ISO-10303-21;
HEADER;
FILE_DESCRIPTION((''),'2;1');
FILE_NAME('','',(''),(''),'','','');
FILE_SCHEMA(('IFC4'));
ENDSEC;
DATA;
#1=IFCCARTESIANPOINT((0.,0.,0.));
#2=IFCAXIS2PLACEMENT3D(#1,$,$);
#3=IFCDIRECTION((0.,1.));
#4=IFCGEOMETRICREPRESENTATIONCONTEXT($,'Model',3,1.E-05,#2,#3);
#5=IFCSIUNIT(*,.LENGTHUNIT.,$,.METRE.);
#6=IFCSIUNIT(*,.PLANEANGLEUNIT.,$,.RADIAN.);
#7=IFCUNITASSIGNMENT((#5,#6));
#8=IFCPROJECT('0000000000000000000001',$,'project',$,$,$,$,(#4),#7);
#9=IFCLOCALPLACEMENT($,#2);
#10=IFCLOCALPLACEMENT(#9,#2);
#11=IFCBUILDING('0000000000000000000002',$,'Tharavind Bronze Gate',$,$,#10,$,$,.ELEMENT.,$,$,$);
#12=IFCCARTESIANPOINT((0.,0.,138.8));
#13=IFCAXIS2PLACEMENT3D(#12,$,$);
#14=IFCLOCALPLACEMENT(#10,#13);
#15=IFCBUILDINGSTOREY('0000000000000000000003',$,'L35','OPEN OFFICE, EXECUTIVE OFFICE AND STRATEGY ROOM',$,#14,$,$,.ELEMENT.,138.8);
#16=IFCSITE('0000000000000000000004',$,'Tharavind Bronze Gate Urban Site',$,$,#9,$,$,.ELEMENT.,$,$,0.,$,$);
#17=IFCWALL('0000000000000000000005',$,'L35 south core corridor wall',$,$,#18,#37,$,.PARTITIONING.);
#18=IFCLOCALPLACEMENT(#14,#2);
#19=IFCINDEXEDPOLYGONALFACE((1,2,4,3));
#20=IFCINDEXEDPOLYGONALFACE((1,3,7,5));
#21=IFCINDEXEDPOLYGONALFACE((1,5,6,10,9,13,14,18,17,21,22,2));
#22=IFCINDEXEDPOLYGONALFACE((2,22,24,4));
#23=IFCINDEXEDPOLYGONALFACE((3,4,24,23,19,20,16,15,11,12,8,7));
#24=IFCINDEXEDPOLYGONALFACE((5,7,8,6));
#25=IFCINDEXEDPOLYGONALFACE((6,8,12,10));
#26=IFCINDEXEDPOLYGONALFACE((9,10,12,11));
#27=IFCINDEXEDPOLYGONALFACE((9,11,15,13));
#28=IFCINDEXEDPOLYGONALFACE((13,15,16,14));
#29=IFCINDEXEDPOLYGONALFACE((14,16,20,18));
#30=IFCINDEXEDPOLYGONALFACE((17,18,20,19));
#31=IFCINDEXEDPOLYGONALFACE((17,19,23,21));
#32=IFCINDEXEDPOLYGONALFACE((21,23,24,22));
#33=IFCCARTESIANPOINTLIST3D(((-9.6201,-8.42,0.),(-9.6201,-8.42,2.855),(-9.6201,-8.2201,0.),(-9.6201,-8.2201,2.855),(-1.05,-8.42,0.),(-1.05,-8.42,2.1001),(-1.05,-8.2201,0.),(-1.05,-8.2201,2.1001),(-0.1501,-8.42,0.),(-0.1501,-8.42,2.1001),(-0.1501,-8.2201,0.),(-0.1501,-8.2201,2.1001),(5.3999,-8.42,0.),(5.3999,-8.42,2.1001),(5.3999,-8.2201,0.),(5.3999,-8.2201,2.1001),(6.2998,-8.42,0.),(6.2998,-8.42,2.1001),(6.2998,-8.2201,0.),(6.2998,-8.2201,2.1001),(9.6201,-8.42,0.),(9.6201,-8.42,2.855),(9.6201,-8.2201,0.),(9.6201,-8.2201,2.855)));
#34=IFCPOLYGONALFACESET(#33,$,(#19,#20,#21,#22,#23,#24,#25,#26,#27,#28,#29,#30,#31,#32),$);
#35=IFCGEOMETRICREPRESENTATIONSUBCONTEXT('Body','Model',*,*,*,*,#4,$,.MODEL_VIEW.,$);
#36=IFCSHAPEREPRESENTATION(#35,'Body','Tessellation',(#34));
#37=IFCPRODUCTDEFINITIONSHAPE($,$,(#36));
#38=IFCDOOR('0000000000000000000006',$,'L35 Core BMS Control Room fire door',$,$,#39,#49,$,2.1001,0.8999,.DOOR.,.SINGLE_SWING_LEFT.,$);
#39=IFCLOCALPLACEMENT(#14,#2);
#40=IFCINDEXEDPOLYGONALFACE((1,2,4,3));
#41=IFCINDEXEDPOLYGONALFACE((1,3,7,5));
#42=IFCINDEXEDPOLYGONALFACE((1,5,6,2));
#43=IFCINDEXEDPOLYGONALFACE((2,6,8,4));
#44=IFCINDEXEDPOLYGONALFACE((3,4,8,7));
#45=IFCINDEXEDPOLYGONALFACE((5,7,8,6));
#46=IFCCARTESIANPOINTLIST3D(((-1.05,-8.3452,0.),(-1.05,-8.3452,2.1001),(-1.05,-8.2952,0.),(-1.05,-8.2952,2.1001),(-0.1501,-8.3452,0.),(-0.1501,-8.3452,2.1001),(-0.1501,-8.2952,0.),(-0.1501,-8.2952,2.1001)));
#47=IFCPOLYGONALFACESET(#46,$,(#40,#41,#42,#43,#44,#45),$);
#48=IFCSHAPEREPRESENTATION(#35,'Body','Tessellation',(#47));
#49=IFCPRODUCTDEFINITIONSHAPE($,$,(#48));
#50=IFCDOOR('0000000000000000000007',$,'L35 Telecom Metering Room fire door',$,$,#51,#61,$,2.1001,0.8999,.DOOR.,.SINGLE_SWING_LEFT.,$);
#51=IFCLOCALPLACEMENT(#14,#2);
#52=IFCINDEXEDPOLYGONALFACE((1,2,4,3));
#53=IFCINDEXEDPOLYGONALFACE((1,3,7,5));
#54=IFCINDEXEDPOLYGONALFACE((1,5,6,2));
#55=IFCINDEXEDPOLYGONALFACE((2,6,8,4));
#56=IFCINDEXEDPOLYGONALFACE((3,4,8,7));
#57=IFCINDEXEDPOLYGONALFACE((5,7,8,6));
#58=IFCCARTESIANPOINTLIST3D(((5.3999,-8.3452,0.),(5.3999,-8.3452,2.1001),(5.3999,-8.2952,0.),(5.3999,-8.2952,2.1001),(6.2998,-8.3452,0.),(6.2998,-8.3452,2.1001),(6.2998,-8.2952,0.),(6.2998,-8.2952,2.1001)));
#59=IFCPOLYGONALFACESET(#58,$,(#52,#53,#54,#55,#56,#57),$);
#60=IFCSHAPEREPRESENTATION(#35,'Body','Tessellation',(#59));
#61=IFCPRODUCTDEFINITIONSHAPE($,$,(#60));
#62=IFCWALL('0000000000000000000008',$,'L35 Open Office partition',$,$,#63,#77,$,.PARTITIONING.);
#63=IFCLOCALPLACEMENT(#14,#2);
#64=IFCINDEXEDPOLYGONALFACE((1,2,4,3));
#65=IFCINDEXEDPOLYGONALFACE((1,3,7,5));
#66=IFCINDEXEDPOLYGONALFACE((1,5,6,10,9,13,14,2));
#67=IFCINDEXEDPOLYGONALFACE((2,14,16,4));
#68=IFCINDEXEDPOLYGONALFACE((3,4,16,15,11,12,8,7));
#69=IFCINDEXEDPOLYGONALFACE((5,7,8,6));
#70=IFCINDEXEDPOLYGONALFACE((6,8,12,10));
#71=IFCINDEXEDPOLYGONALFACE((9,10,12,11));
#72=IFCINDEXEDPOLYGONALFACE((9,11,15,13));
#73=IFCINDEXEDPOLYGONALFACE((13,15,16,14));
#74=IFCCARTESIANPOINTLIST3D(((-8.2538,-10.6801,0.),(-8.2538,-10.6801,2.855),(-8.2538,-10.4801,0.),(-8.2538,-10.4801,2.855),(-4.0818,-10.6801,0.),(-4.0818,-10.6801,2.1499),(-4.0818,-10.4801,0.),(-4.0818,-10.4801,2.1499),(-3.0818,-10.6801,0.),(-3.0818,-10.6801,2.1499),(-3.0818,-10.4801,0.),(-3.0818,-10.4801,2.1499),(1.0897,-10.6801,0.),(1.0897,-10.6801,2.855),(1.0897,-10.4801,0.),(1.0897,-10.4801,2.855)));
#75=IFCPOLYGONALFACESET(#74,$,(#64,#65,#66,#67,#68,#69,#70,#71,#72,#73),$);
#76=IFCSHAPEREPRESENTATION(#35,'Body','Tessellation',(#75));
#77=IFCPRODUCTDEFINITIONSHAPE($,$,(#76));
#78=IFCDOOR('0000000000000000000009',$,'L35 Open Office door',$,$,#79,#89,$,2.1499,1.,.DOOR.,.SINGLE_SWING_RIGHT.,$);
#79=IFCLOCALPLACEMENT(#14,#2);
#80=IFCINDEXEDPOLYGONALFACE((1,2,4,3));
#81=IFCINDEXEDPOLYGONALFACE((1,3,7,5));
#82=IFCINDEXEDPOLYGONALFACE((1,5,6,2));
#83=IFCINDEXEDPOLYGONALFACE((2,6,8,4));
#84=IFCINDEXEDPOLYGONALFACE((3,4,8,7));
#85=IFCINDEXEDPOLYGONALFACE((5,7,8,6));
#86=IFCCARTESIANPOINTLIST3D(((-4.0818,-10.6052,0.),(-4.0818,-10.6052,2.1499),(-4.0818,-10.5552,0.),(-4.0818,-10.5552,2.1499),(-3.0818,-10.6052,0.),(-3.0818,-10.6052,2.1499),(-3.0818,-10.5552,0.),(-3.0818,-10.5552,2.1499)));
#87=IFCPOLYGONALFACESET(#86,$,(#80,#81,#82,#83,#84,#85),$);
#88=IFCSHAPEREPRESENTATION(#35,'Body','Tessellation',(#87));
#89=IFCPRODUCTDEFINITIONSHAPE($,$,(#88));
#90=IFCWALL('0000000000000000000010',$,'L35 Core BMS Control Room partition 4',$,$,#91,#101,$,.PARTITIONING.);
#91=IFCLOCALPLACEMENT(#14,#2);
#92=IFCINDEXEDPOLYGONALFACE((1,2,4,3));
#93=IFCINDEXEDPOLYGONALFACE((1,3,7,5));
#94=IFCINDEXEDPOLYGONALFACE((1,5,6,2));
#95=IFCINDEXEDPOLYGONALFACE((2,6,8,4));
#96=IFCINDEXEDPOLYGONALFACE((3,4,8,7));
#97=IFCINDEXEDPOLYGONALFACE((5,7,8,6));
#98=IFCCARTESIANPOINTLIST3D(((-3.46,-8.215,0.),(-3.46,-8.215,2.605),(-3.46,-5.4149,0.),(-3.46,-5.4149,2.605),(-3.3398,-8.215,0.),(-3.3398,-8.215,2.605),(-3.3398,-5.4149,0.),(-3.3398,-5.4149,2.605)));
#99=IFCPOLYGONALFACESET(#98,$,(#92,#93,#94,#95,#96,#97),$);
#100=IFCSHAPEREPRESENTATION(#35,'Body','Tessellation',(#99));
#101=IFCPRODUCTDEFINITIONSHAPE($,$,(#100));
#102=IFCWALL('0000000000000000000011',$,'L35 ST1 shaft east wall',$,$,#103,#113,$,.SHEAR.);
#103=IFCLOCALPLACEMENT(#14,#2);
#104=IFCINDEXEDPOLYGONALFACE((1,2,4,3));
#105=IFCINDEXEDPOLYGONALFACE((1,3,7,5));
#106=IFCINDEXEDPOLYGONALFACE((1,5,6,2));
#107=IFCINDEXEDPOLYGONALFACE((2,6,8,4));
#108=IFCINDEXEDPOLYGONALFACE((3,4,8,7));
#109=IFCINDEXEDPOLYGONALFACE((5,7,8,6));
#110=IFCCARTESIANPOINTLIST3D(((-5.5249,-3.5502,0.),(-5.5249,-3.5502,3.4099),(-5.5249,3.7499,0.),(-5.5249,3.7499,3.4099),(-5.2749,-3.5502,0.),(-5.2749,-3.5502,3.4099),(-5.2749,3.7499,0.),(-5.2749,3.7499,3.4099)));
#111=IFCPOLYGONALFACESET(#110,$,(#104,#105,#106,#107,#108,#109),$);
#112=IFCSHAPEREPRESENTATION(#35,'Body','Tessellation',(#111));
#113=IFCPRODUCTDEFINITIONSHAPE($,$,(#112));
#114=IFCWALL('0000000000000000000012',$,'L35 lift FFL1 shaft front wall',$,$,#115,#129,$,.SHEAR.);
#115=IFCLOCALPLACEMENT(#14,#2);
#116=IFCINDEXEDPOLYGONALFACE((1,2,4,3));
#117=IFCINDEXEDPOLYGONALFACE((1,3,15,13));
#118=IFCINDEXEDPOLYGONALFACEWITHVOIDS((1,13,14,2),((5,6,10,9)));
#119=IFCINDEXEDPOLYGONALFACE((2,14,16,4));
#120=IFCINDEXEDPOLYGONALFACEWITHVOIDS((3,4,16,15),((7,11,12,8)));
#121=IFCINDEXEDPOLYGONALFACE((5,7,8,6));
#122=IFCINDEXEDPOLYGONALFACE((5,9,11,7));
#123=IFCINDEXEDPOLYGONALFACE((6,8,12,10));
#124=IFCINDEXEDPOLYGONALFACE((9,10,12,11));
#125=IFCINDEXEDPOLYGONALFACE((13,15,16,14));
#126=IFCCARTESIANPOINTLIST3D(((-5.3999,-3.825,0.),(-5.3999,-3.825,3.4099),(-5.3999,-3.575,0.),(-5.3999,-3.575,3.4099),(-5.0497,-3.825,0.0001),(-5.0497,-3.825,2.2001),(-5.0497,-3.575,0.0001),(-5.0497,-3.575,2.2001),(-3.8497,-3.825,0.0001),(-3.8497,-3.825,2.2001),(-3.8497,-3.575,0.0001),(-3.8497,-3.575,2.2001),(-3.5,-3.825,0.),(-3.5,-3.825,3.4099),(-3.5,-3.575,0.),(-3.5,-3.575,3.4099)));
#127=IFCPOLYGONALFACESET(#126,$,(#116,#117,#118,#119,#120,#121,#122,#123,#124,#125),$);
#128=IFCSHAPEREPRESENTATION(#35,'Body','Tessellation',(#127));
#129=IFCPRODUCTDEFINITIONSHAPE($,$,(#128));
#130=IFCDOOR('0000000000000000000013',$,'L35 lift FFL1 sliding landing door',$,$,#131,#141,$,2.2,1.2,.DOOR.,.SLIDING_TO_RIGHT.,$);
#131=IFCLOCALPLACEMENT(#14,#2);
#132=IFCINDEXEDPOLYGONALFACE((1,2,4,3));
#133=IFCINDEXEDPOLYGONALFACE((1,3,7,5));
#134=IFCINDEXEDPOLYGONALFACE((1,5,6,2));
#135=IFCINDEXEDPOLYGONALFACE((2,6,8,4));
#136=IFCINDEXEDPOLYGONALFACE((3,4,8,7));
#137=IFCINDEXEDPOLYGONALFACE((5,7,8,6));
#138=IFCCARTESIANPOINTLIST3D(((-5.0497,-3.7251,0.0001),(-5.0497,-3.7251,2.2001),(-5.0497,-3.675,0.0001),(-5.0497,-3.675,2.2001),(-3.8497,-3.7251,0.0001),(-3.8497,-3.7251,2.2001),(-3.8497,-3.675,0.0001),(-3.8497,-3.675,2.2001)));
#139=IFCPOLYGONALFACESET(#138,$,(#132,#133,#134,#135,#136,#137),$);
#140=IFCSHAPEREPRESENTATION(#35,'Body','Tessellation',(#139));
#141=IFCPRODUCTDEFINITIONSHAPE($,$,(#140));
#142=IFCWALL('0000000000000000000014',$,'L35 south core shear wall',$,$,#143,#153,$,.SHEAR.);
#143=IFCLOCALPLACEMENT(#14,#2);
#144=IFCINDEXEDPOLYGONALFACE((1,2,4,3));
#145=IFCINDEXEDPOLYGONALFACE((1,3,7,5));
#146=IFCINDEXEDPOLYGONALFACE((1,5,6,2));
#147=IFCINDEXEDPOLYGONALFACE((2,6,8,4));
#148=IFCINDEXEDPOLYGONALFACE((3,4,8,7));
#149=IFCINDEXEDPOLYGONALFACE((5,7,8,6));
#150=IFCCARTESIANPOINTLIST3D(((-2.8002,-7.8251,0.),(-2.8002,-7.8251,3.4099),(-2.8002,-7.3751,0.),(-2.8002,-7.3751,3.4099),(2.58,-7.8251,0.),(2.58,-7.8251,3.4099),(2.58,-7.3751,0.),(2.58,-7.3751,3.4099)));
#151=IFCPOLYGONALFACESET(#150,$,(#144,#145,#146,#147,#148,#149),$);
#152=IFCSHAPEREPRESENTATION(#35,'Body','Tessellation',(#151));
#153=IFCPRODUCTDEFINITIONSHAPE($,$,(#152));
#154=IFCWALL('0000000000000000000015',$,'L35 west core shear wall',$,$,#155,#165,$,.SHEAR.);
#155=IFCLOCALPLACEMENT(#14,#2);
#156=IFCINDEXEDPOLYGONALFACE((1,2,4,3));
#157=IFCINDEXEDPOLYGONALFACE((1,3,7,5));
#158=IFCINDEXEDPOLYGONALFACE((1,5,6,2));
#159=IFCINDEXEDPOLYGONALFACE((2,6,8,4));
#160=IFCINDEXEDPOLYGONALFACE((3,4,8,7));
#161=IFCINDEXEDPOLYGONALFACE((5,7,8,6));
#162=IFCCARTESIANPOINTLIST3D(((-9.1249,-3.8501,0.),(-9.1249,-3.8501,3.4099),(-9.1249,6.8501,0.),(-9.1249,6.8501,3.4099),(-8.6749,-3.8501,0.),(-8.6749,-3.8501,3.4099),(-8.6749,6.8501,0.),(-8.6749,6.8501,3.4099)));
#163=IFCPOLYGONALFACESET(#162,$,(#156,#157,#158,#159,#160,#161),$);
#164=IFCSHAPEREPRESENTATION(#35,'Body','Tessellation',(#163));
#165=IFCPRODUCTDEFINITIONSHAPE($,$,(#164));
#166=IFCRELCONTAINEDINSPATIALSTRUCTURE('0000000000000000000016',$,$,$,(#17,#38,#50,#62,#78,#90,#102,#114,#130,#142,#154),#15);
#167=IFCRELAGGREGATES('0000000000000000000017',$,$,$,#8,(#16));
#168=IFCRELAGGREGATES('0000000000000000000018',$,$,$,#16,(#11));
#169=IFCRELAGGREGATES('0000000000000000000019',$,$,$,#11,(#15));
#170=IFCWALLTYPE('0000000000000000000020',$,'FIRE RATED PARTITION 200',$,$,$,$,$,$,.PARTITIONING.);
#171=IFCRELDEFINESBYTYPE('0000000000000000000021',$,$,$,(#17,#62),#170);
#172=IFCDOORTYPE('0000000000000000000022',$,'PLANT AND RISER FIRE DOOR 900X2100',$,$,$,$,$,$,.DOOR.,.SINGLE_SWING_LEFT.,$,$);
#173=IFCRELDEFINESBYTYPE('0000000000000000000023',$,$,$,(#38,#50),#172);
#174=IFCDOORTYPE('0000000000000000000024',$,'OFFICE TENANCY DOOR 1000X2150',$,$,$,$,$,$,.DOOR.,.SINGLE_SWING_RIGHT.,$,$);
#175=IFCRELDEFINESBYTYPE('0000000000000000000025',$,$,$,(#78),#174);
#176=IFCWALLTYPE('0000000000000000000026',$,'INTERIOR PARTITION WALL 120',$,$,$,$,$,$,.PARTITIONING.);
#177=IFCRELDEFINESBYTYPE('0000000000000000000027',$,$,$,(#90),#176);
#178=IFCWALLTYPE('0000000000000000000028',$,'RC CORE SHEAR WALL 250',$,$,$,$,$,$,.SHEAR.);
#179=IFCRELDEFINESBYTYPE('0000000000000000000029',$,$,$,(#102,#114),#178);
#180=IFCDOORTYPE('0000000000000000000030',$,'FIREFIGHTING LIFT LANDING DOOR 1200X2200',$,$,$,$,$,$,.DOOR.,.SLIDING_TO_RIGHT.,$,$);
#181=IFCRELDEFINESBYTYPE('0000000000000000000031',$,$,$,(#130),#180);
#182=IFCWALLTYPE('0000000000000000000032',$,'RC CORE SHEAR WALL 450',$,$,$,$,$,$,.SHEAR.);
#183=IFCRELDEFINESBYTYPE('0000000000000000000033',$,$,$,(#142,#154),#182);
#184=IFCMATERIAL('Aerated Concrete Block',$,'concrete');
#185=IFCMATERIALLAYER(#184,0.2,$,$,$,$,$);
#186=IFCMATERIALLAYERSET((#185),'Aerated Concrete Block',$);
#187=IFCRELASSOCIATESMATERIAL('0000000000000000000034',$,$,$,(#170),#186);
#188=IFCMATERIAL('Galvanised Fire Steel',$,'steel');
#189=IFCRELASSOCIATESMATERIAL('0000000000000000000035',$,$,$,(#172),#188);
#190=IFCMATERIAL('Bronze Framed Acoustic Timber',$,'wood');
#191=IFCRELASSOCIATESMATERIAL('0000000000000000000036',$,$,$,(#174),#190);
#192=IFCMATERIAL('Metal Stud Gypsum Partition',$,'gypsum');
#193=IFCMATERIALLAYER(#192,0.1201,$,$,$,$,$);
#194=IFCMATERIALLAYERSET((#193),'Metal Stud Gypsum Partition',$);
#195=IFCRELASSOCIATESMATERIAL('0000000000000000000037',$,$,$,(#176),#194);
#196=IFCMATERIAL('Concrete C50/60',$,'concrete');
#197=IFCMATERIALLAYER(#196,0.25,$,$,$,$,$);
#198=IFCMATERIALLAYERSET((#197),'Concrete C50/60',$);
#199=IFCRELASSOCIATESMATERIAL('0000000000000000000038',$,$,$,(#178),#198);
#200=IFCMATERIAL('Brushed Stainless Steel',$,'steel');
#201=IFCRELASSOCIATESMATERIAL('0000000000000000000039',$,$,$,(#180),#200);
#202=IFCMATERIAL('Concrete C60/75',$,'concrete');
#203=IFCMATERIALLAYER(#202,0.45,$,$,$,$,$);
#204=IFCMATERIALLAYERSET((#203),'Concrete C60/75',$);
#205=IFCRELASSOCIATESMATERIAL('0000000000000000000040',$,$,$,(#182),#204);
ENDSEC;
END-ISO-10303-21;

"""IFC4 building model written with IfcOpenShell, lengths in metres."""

from ifc_helpers import new_model, si_unit, direction, frame, frame_2d, origin, place, context, subcontext, project, spatial, rectangle, extrude, material, layer, layer_set, type_object, element, fill, save


model = new_model("IFC4")

# Units and contexts
model_context = context("Model", 3, precision=1e-05, world=origin(), true_north=direction((0.0, 1.0)))
body_context = subcontext(model_context, "Body", "Model", "MODEL_VIEW")
ifc_project = project(units=[si_unit("LENGTHUNIT", "METRE"), si_unit("PLANEANGLEUNIT", "RADIAN")], contexts=[model_context])

# Site, building, storey
site_placement = place(None, origin())
site = spatial("IfcSite", under=ifc_project, at=site_placement, Name="Tharavind Bronze Gate Urban Site", CompositionType="ELEMENT", RefElevation=0.0)
building_placement = place(site_placement, origin())
building = spatial("IfcBuilding", under=site, at=building_placement, Name="Tharavind Bronze Gate", CompositionType="ELEMENT")
storey_placement = place(building_placement, frame((0.0, 0.0, 138.8)))
storey = spatial("IfcBuildingStorey", under=building, at=storey_placement, Name="L35", Description="OPEN OFFICE, EXECUTIVE OFFICE AND STRATEGY ROOM", CompositionType="ELEMENT", Elevation=138.8)

# Shared definitions
ifc_material_1 = material(Name="Concrete C60/75", Category="concrete")

# Wall, openings, doors
ifc_material_2 = material(Name="Aerated Concrete Block", Category="concrete")
ifc_layer_1 = layer(ifc_material_2, 0.2)
ifc_layer_set_1 = layer_set([ifc_layer_1], Name="Aerated Concrete Block")
wall_type_1 = type_object("IfcWallType", Name="FIRE RATED PARTITION 200", PredefinedType="PARTITIONING", material=ifc_layer_set_1)
wall_1_placement = place(storey_placement, frame((-9.6201, -8.3201, 0.0), z_axis=(0.0, 0.0, 1.0), x_axis=(1.0, 0.0, 0.0)))
wall_1 = element("IfcWall", 1, at=wall_1_placement, inside=storey, type_object=wall_type_1, Name="L35 south core corridor wall", PredefinedType="PARTITIONING", context=body_context, shape_type="SweptSolid", body=[
    extrude(rectangle(XDim=19.2402, YDim=0.2, at=frame_2d((9.6201, 0.0))), origin(), (0.0, 0.0, 1.0), 2.855),
])
opening_1_placement = place(wall_1_placement, frame((8.5701, 0.0, 0.0)))
opening_1 = element("IfcOpeningElement", 2, at=opening_1_placement, cuts=wall_1, PredefinedType="OPENING", context=body_context, shape_type="SweptSolid", body=[
    extrude(rectangle(XDim=0.8999, YDim=2.1001, at=frame_2d((0.45, 1.05))), frame((0.0, 0.1101, 0.0), z_axis=(0.0, -1.0, 0.0), x_axis=(1.0, 0.0, 0.0)), (0.0, 0.0, 1.0), 0.22),
])
opening_2_placement = place(wall_1_placement, frame((15.02, 0.0, 0.0)))
opening_2 = element("IfcOpeningElement", 3, at=opening_2_placement, cuts=wall_1, PredefinedType="OPENING", context=body_context, shape_type="SweptSolid", body=[
    extrude(rectangle(XDim=0.8999, YDim=2.1001, at=frame_2d((0.45, 1.05))), frame((0.0, 0.1101, 0.0), z_axis=(0.0, -1.0, 0.0), x_axis=(1.0, 0.0, 0.0)), (0.0, 0.0, 1.0), 0.22),
])
ifc_material_3 = material(Name="Galvanised Fire Steel", Category="steel")
door_type_1 = type_object("IfcDoorType", Name="PLANT AND RISER FIRE DOOR 900X2100", OperationType="SINGLE_SWING_LEFT", PredefinedType="DOOR", material=ifc_material_3)
door_1_placement = place(opening_1_placement, origin())
door_1 = element("IfcDoor", 4, at=door_1_placement, inside=storey, type_object=door_type_1, Name="L35 Core BMS Control Room fire door", OperationType="SINGLE_SWING_LEFT", OverallHeight=2.1001, OverallWidth=0.8999, PredefinedType="DOOR", context=body_context, shape_type="SweptSolid", body=[
    extrude(rectangle(XDim=0.8999, YDim=2.1001, at=frame_2d((0.45, 1.05))), frame((0.0, 0.0249, 0.0), z_axis=(0.0, -1.0, 0.0), x_axis=(1.0, 0.0, 0.0)), (0.0, 0.0, 1.0), 0.05),
])
fill(opening_1, door_1)
door_2_placement = place(opening_2_placement, origin())
door_2 = element("IfcDoor", 5, at=door_2_placement, inside=storey, type_object=door_type_1, Name="L35 Telecom Metering Room fire door", OperationType="SINGLE_SWING_LEFT", OverallHeight=2.1001, OverallWidth=0.8999, PredefinedType="DOOR", context=body_context, shape_type="SweptSolid", body=[
    extrude(rectangle(XDim=0.8999, YDim=2.1001, at=frame_2d((0.45, 1.05))), frame((0.0, 0.0249, 0.0), z_axis=(0.0, -1.0, 0.0), x_axis=(1.0, 0.0, 0.0)), (0.0, 0.0, 1.0), 0.05),
])
fill(opening_2, door_2)

# Wall, opening, door
wall_2_placement = place(storey_placement, frame((-8.2539, -10.5801, 0.0), z_axis=(0.0, 0.0, 1.0), x_axis=(1.0, 0.0, 0.0)))
wall_2 = element("IfcWall", 6, at=wall_2_placement, inside=storey, type_object=wall_type_1, Name="L35 Open Office partition", PredefinedType="PARTITIONING", context=body_context, shape_type="SweptSolid", body=[
    extrude(rectangle(XDim=9.3435, YDim=0.2, at=frame_2d((4.6719, 0.0))), origin(), (0.0, 0.0, 1.0), 2.855),
])
opening_3_placement = place(wall_2_placement, frame((4.1721, 0.0, 0.0)))
opening_3 = element("IfcOpeningElement", 7, at=opening_3_placement, cuts=wall_2, PredefinedType="OPENING", context=body_context, shape_type="SweptSolid", body=[
    extrude(rectangle(XDim=1.0, YDim=2.1499, at=frame_2d((0.5, 1.075))), frame((0.0, 0.1101, 0.0), z_axis=(0.0, -1.0, 0.0), x_axis=(1.0, 0.0, 0.0)), (0.0, 0.0, 1.0), 0.22),
])
ifc_material_4 = material(Name="Bronze Framed Acoustic Timber", Category="wood")
door_type_2 = type_object("IfcDoorType", Name="OFFICE TENANCY DOOR 1000X2150", OperationType="SINGLE_SWING_RIGHT", PredefinedType="DOOR", material=ifc_material_4)
door_3_placement = place(opening_3_placement, origin())
door_3 = element("IfcDoor", 8, at=door_3_placement, inside=storey, type_object=door_type_2, Name="L35 Open Office door", OperationType="SINGLE_SWING_RIGHT", OverallHeight=2.1499, OverallWidth=1.0, PredefinedType="DOOR", context=body_context, shape_type="SweptSolid", body=[
    extrude(rectangle(XDim=1.0, YDim=2.1499, at=frame_2d((0.5, 1.075))), frame((0.0, 0.0249, 0.0), z_axis=(0.0, -1.0, 0.0), x_axis=(1.0, 0.0, 0.0)), (0.0, 0.0, 1.0), 0.05),
])
fill(opening_3, door_3)

# Walls
ifc_material_5 = material(Name="Metal Stud Gypsum Partition", Category="gypsum")
ifc_layer_2 = layer(ifc_material_5, 0.1201)
ifc_layer_set_2 = layer_set([ifc_layer_2], Name="Metal Stud Gypsum Partition")
wall_type_2 = type_object("IfcWallType", Name="INTERIOR PARTITION WALL 120", PredefinedType="PARTITIONING", material=ifc_layer_set_2)
wall_3_placement = place(storey_placement, frame((-3.3999, -5.415, 0.0), z_axis=(0.0, 0.0, 1.0), x_axis=(0.0, -1.0, 0.0)))
element("IfcWall", 9, at=wall_3_placement, inside=storey, type_object=wall_type_2, Name="L35 Core BMS Control Room partition 4", PredefinedType="PARTITIONING", context=body_context, shape_type="SweptSolid", body=[
    extrude(rectangle(XDim=2.8, YDim=0.1201, at=frame_2d((1.3999, 0.0))), origin(), (0.0, 0.0, 1.0), 2.605),
])
ifc_material_6 = material(Name="Concrete C50/60", Category="concrete")
ifc_layer_3 = layer(ifc_material_6, 0.25)
ifc_layer_set_3 = layer_set([ifc_layer_3], Name="Concrete C50/60")
wall_type_3 = type_object("IfcWallType", Name="RC CORE SHEAR WALL 250", PredefinedType="SHEAR", material=ifc_layer_set_3)
wall_4_placement = place(storey_placement, frame((-5.3999, -3.55, 0.0), z_axis=(0.0, 0.0, 1.0), x_axis=(0.0, 1.0, 0.0)))
element("IfcWall", 10, at=wall_4_placement, inside=storey, type_object=wall_type_3, Name="L35 ST1 shaft east wall", PredefinedType="SHEAR", context=body_context, shape_type="SweptSolid", body=[
    extrude(rectangle(XDim=7.3, YDim=0.25, at=frame_2d((3.6499, 0.0))), origin(), (0.0, 0.0, 1.0), 3.4099),
])

# Wall, opening, door
wall_5_placement = place(storey_placement, frame((-5.3999, -3.7, 0.0), z_axis=(0.0, 0.0, 1.0), x_axis=(1.0, 0.0, 0.0)))
wall_5 = element("IfcWall", 11, at=wall_5_placement, inside=storey, type_object=wall_type_3, Name="L35 lift FFL1 shaft front wall", PredefinedType="SHEAR", context=body_context, shape_type="SweptSolid", body=[
    extrude(rectangle(XDim=1.8999, YDim=0.25, at=frame_2d((0.95, 0.0))), origin(), (0.0, 0.0, 1.0), 3.4099),
])
opening_4_placement = place(wall_5_placement, frame((0.3501, 0.0, 0.0)))
opening_4 = element("IfcOpeningElement", 12, at=opening_4_placement, cuts=wall_5, PredefinedType="OPENING", context=body_context, shape_type="SweptSolid", body=[
    extrude(rectangle(XDim=1.2, YDim=2.2, at=frame_2d((0.6001, 1.1001))), frame((0.0, 0.135, 0.0), z_axis=(0.0, -1.0, 0.0), x_axis=(1.0, 0.0, 0.0)), (0.0, 0.0, 1.0), 0.27),
])
ifc_material_7 = material(Name="Brushed Stainless Steel", Category="steel")
door_type_3 = type_object("IfcDoorType", Name="FIREFIGHTING LIFT LANDING DOOR 1200X2200", OperationType="SLIDING_TO_RIGHT", PredefinedType="DOOR", material=ifc_material_7)
door_4_placement = place(opening_4_placement, origin())
door_4 = element("IfcDoor", 13, at=door_4_placement, inside=storey, type_object=door_type_3, Name="L35 lift FFL1 sliding landing door", OperationType="SLIDING_TO_RIGHT", OverallHeight=2.2, OverallWidth=1.2, PredefinedType="DOOR", context=body_context, shape_type="SweptSolid", body=[
    extrude(rectangle(XDim=1.2, YDim=2.2, at=frame_2d((0.6001, 1.1001))), frame((0.0, 0.0249, 0.0), z_axis=(0.0, -1.0, 0.0), x_axis=(1.0, 0.0, 0.0)), (0.0, 0.0, 1.0), 0.05),
])
fill(opening_4, door_4)

# Walls
ifc_layer_4 = layer(ifc_material_1, 0.45)
ifc_layer_set_4 = layer_set([ifc_layer_4], Name="Concrete C60/75")
wall_type_4 = type_object("IfcWallType", Name="RC CORE SHEAR WALL 450", PredefinedType="SHEAR", material=ifc_layer_set_4)
wall_6_placement = place(storey_placement, frame((-2.8, -7.6001, 0.0), z_axis=(0.0, 0.0, 1.0), x_axis=(1.0, 0.0, 0.0)))
element("IfcWall", 14, at=wall_6_placement, inside=storey, type_object=wall_type_4, Name="L35 south core shear wall", PredefinedType="SHEAR", context=body_context, shape_type="SweptSolid", body=[
    extrude(rectangle(XDim=5.3801, YDim=0.45, at=frame_2d((2.6899, 0.0))), origin(), (0.0, 0.0, 1.0), 3.4099),
])
wall_7_placement = place(storey_placement, frame((-8.8999, -3.8501, 0.0), z_axis=(0.0, 0.0, 1.0), x_axis=(0.0, 1.0, 0.0)))
element("IfcWall", 15, at=wall_7_placement, inside=storey, type_object=wall_type_4, Name="L35 west core shear wall", PredefinedType="SHEAR", context=body_context, shape_type="SweptSolid", body=[
    extrude(rectangle(XDim=10.7002, YDim=0.45, at=frame_2d((5.3501, 0.0))), origin(), (0.0, 0.0, 1.0), 3.4099),
])

save(model, "model.ifc")
